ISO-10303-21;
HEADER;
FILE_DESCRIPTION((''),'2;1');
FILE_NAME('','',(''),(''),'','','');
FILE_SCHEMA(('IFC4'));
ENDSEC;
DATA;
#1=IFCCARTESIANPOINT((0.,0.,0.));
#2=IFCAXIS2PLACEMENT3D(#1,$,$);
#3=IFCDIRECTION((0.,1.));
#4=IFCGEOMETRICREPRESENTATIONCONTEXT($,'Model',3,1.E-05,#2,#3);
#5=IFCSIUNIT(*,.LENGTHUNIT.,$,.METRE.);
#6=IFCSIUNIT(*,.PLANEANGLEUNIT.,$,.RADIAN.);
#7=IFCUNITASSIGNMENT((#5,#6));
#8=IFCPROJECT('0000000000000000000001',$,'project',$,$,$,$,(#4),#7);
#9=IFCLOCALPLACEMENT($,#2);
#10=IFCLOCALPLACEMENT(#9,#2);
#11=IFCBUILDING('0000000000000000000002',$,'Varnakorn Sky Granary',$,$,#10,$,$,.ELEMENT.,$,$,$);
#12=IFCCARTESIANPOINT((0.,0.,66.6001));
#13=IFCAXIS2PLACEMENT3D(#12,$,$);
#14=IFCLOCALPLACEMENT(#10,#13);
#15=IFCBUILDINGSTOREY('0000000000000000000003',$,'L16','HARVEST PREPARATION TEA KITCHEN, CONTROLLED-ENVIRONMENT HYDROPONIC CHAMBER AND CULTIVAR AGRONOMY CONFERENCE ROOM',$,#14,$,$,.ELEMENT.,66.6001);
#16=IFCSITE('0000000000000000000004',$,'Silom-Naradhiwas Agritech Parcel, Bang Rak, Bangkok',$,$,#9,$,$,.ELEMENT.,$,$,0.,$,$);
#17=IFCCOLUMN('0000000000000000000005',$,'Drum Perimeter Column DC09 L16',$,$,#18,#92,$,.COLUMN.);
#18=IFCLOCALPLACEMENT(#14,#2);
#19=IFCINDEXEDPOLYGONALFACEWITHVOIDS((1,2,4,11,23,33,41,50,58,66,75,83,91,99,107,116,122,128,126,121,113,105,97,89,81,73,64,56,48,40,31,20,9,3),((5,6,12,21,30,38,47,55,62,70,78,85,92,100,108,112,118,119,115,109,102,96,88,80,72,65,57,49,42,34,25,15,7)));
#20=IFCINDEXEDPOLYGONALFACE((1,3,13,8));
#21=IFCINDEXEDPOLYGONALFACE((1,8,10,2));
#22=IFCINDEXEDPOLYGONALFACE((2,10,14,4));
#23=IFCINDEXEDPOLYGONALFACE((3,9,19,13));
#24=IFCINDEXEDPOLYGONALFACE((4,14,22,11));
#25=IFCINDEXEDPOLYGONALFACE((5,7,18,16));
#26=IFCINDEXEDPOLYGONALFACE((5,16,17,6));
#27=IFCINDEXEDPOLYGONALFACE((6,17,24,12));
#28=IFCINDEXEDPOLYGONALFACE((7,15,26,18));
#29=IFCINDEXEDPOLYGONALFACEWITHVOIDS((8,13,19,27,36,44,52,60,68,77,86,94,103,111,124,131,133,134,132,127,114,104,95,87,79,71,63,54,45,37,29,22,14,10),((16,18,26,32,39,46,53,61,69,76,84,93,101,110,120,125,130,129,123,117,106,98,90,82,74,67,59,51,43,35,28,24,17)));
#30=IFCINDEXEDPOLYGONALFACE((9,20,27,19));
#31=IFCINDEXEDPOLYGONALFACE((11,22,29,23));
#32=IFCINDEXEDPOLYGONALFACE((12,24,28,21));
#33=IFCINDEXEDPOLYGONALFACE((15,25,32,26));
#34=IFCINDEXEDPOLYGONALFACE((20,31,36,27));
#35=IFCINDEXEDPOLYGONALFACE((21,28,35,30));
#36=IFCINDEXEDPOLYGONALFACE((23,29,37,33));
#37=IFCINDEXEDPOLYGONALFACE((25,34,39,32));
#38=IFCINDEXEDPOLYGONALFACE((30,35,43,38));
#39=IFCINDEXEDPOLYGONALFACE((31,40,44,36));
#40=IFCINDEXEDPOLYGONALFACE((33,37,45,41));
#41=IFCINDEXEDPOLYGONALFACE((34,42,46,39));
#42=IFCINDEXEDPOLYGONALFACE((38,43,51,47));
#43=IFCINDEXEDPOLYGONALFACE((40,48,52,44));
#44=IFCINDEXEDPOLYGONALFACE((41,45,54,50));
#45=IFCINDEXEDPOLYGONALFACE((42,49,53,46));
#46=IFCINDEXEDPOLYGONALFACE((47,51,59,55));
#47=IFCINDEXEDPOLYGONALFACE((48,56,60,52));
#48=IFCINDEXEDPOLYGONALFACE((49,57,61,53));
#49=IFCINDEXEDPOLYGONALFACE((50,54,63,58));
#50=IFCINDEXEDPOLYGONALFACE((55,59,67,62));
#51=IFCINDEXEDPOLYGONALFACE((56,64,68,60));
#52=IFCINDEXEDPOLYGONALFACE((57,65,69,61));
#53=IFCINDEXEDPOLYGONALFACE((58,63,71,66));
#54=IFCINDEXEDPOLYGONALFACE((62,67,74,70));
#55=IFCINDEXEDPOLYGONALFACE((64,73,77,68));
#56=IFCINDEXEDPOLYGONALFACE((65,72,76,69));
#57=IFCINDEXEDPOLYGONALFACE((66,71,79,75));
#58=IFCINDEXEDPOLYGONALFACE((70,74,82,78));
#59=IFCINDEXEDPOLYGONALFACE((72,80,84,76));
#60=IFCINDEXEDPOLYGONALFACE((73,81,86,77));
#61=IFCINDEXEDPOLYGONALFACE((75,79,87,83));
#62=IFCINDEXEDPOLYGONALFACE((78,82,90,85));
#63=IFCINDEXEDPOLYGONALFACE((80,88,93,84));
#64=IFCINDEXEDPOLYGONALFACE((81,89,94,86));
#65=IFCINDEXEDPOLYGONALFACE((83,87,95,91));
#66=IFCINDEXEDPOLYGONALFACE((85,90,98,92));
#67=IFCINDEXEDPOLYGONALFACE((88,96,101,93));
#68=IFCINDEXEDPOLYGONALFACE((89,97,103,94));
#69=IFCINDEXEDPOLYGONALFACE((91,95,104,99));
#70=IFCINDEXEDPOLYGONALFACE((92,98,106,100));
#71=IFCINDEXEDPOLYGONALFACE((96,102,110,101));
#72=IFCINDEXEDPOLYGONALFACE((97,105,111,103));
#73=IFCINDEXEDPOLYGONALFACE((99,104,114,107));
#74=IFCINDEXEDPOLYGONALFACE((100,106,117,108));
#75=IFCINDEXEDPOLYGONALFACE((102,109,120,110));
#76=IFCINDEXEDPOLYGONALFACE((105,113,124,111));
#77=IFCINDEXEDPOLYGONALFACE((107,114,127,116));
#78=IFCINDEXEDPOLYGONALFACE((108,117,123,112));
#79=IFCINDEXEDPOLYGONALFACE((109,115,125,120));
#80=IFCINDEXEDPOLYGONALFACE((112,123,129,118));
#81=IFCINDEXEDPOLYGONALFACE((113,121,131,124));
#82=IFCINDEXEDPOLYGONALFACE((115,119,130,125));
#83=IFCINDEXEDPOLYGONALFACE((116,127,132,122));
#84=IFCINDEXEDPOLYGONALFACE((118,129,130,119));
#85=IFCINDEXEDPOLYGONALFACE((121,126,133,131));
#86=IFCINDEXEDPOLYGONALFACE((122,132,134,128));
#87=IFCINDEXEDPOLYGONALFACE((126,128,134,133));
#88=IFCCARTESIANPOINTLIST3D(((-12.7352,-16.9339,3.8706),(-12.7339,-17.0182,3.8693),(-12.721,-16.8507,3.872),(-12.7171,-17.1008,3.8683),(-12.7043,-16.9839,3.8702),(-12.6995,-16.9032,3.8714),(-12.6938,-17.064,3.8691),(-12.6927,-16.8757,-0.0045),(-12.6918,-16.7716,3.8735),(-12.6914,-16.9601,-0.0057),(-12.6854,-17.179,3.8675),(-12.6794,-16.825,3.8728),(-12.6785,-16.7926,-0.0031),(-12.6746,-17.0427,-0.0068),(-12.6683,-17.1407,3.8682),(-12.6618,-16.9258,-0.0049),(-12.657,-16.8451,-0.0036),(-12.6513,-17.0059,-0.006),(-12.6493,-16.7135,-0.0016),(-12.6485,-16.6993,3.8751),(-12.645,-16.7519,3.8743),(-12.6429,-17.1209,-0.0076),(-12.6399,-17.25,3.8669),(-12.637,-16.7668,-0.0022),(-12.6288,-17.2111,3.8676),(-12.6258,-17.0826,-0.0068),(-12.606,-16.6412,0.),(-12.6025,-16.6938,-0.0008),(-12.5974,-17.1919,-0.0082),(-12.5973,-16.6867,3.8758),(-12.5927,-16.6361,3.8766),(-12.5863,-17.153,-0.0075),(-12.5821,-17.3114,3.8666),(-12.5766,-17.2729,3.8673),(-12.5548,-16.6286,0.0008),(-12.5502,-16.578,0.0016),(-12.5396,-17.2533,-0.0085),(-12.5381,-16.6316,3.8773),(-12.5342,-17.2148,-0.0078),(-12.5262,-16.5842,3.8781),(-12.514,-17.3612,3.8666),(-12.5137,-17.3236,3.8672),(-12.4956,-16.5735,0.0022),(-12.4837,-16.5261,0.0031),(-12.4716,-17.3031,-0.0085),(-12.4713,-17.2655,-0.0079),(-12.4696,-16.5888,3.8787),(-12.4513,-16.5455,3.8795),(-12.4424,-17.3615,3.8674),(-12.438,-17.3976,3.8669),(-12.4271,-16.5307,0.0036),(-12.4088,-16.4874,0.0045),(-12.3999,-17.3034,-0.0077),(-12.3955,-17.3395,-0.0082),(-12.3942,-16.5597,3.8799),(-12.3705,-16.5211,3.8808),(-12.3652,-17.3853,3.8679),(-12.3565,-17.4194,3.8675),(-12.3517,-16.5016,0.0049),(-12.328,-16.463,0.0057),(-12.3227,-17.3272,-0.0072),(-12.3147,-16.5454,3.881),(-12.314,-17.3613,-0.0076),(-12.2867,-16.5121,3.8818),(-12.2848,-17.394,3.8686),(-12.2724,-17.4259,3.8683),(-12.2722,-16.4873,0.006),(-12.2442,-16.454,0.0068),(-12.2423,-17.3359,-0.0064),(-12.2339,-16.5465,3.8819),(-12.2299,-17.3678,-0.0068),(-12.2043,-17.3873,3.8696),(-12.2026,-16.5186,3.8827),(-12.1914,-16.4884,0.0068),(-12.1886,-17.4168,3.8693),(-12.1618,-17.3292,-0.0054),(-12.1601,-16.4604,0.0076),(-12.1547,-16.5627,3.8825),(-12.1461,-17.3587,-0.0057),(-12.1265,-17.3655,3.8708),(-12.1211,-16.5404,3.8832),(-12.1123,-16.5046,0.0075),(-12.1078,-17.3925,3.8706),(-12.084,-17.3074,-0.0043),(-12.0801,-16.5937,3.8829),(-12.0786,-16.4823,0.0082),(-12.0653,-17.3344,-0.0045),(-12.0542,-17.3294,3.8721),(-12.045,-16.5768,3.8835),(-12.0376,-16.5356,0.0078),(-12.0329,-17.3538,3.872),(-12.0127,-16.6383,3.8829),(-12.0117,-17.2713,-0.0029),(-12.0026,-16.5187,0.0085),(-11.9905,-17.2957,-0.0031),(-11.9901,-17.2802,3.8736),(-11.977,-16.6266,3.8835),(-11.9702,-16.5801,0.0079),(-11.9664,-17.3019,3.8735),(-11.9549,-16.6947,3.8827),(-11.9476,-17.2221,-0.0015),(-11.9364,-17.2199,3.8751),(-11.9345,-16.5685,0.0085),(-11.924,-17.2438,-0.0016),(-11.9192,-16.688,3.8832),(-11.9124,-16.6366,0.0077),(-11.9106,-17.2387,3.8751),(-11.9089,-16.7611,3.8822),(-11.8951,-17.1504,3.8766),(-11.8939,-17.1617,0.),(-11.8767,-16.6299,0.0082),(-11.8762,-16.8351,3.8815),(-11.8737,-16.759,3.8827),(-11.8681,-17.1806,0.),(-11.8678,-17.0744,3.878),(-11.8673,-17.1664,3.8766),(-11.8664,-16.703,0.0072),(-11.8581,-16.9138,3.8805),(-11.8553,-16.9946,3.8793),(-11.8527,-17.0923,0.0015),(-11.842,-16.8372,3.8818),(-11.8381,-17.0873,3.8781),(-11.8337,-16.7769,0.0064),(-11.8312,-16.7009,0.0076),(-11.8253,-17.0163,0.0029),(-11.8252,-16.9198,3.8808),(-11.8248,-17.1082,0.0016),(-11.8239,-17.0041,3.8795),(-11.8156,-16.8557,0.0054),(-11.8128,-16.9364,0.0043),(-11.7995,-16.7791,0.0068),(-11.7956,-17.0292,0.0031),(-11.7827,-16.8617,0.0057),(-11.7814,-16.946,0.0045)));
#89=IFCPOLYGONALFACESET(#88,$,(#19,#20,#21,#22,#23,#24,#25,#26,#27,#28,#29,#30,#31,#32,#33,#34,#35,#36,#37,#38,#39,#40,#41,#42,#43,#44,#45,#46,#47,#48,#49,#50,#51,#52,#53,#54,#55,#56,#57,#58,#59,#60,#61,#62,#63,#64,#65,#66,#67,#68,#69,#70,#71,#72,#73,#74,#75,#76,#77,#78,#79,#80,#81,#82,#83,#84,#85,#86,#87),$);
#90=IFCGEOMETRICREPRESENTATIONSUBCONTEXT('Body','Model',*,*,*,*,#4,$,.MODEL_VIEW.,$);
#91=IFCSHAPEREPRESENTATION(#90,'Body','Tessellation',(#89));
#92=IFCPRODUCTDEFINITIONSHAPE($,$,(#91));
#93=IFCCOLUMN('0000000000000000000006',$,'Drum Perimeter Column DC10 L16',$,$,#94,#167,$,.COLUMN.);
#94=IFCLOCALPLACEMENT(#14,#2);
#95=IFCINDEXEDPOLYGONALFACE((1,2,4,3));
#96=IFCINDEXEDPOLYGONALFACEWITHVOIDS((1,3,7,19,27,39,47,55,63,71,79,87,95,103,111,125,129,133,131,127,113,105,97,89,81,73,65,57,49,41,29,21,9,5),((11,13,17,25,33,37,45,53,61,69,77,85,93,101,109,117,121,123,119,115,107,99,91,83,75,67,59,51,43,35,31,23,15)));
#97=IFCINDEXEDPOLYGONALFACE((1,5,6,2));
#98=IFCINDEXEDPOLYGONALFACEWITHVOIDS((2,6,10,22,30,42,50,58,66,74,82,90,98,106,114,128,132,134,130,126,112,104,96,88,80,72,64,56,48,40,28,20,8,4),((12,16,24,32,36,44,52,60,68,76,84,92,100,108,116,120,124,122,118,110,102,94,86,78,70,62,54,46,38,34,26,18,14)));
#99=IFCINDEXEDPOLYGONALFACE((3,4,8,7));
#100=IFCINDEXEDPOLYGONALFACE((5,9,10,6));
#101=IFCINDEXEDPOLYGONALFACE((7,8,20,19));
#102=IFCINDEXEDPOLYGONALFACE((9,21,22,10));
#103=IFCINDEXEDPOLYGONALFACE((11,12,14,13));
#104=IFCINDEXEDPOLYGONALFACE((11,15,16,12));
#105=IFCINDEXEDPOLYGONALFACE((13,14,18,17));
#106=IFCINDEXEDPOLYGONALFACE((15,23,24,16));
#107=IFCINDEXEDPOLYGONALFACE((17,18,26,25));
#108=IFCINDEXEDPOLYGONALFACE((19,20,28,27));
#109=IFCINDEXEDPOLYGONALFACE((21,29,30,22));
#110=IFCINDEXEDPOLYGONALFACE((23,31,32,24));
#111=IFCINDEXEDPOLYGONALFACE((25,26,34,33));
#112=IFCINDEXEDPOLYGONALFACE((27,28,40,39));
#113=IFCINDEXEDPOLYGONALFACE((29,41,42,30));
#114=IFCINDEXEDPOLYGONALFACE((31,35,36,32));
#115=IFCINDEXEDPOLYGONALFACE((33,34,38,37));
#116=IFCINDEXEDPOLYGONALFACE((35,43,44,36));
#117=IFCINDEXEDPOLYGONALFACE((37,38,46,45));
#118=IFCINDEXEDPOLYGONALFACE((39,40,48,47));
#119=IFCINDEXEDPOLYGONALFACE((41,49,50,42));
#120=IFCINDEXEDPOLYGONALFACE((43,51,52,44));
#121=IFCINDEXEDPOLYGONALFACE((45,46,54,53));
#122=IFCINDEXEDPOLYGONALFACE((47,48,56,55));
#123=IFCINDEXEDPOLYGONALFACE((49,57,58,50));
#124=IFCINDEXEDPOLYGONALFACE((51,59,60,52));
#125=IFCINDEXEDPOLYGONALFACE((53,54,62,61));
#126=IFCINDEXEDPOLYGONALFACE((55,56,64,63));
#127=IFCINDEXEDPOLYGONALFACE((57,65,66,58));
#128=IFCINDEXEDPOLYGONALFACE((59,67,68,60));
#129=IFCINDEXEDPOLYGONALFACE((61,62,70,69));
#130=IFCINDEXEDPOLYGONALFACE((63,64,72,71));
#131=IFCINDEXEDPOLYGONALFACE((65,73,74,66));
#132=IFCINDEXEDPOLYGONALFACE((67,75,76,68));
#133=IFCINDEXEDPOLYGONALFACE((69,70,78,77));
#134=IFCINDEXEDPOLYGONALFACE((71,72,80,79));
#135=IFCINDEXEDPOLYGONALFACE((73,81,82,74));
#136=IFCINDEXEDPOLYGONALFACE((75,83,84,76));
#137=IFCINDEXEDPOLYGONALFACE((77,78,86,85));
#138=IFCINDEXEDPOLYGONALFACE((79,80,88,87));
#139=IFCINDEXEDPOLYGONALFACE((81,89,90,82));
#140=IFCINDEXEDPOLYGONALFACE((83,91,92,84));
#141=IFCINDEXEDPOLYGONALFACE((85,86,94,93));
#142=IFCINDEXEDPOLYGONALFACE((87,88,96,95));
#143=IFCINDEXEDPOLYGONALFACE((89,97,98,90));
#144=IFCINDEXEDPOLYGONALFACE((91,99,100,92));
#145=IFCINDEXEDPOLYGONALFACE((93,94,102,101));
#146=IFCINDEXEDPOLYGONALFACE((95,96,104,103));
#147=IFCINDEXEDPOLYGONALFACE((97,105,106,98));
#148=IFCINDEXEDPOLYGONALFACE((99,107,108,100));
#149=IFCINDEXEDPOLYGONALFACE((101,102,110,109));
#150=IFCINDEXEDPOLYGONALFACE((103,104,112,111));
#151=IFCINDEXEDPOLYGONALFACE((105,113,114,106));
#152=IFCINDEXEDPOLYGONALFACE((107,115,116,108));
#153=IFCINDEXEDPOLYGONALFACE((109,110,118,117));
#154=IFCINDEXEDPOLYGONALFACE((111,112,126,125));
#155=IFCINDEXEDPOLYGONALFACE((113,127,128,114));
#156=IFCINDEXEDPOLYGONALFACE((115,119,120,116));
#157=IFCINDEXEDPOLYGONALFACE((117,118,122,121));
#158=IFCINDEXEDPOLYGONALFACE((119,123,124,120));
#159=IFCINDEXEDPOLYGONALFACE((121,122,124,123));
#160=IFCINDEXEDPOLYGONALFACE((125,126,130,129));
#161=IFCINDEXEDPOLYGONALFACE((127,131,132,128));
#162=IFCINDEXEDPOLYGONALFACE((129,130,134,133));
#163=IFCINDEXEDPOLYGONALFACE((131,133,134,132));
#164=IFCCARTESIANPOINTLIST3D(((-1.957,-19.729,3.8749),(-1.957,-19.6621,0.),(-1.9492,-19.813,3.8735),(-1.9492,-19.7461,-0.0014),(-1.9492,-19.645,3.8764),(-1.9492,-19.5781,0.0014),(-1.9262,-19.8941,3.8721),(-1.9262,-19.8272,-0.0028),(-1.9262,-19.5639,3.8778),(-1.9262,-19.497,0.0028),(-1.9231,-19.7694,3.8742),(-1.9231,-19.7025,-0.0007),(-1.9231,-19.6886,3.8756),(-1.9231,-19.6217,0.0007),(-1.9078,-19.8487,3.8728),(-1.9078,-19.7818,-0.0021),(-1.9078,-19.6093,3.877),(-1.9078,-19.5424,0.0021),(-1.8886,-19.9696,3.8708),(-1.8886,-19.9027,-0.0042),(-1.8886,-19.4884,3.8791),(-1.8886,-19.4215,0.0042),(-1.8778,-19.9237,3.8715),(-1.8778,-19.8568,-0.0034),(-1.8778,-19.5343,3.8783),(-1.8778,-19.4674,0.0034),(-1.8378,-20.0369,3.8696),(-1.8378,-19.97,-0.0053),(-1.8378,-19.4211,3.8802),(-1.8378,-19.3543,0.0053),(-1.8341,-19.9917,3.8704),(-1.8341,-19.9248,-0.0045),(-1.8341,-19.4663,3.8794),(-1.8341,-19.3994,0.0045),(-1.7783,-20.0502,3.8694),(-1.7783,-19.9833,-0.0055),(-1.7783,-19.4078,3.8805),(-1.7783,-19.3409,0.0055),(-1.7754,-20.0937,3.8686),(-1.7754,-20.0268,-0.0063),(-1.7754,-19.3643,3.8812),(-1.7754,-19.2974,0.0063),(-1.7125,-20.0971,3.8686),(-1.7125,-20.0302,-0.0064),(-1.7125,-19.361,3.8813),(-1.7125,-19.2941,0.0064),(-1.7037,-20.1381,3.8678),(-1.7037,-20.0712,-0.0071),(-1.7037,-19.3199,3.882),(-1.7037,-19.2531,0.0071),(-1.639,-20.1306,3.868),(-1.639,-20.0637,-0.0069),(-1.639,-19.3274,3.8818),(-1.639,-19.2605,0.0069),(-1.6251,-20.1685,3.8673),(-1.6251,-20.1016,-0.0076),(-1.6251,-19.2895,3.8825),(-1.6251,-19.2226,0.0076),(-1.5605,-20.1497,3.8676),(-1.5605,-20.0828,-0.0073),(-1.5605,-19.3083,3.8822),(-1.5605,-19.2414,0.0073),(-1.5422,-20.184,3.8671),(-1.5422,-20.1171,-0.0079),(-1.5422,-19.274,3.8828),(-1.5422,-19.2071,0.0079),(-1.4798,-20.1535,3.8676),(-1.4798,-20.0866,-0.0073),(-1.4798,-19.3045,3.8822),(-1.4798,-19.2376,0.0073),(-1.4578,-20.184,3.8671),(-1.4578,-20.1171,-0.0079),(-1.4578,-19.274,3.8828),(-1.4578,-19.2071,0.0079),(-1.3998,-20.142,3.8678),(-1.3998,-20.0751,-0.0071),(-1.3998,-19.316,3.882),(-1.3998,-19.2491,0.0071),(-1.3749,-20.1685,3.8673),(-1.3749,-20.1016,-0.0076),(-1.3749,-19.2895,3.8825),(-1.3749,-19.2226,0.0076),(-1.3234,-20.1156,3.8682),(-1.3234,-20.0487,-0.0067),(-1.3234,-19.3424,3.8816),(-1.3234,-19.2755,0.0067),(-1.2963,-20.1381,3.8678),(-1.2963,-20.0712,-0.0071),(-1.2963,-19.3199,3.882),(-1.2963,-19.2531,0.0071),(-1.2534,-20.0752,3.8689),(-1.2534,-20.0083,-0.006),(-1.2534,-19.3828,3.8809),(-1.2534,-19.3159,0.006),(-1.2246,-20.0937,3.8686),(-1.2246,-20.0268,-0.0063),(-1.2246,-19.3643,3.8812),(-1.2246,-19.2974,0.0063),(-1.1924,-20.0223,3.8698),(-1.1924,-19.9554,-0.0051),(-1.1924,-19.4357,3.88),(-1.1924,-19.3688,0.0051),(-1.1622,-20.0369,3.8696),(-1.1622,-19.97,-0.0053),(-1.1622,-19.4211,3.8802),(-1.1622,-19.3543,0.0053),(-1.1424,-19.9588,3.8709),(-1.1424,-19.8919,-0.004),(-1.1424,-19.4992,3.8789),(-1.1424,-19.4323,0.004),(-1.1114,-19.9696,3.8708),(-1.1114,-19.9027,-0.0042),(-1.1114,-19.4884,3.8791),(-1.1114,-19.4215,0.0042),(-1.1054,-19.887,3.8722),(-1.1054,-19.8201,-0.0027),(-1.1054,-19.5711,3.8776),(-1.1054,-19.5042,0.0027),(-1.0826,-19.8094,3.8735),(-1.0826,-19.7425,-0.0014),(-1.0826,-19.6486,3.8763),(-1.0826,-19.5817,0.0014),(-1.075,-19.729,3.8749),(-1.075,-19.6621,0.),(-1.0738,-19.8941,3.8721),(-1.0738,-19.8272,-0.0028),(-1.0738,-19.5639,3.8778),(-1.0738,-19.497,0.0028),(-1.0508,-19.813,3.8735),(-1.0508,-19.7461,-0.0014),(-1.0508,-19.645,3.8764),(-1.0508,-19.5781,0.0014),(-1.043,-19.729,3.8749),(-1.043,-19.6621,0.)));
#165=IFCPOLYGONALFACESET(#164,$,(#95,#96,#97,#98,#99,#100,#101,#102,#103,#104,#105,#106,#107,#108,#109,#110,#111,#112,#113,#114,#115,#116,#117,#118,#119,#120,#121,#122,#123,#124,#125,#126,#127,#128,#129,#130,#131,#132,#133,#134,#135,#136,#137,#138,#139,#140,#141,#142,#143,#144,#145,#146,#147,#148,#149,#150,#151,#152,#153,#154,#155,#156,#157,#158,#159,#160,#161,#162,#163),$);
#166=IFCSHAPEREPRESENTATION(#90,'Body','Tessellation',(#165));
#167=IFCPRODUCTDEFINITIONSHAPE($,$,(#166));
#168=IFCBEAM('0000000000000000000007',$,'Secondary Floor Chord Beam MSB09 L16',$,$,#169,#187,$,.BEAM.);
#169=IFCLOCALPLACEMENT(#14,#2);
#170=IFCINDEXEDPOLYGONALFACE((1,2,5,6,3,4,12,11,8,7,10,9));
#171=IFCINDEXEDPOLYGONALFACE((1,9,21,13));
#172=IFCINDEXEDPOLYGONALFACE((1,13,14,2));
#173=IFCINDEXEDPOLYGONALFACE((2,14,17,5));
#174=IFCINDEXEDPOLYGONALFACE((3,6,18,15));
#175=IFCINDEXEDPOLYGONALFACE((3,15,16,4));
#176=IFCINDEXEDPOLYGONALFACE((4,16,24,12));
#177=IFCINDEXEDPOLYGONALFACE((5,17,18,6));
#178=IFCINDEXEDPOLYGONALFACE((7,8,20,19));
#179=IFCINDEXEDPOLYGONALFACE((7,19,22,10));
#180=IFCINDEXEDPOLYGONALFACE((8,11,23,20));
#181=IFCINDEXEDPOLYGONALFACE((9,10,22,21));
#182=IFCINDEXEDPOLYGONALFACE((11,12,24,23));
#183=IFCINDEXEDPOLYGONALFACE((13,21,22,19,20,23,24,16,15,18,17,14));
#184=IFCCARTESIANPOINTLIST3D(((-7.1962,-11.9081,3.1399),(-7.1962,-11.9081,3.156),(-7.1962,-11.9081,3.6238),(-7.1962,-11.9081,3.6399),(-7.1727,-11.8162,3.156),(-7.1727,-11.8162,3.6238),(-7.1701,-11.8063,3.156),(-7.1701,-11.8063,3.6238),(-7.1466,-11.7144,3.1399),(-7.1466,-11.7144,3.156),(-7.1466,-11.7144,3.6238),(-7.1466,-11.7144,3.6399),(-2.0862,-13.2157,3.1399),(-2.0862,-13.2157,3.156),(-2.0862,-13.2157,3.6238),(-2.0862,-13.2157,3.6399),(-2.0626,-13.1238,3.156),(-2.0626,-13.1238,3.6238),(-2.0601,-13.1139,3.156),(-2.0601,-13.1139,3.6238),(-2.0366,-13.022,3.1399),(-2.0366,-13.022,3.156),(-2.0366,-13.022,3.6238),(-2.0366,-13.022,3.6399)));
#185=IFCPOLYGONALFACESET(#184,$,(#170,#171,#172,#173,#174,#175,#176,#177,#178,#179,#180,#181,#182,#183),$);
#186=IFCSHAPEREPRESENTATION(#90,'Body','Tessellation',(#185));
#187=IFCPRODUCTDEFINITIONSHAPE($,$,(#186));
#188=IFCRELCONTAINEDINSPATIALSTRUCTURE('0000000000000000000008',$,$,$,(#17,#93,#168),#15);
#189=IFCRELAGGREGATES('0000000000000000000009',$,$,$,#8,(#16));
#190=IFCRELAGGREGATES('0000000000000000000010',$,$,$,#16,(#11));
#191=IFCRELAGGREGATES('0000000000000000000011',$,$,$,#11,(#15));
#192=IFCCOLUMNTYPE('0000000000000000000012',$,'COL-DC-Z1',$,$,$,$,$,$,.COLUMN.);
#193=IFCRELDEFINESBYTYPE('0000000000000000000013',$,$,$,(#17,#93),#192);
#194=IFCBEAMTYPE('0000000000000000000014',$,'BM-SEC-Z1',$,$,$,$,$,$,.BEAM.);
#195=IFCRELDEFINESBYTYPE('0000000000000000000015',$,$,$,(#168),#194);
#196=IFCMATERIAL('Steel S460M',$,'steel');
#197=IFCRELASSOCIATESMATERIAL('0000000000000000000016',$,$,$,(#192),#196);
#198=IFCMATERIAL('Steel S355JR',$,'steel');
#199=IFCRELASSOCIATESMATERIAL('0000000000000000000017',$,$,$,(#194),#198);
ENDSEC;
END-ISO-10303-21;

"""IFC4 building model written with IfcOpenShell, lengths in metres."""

from ifc_helpers import new_model, si_unit, direction, frame, origin, origin_2d, place, context, subcontext, project, spatial, hollow_circle, i_section, extrude, material, material_profile, profile_set, type_object, element, save


model = new_model("IFC4")

# Units and contexts
model_context = context("Model", 3, precision=1e-05, world=origin(), true_north=direction((0.0, 1.0)))
body_context = subcontext(model_context, "Body", "Model", "MODEL_VIEW")
ifc_project = project(units=[si_unit("LENGTHUNIT", "METRE"), si_unit("PLANEANGLEUNIT", "RADIAN")], contexts=[model_context])

# Site, building, storey
site_placement = place(None, origin())
site = spatial("IfcSite", under=ifc_project, at=site_placement, Name="Silom-Naradhiwas Agritech Parcel, Bang Rak, Bangkok", CompositionType="ELEMENT", RefElevation=0.0)
building_placement = place(site_placement, origin())
building = spatial("IfcBuilding", under=site, at=building_placement, Name="Varnakorn Sky Granary", CompositionType="ELEMENT")
storey_placement = place(building_placement, frame((0.0, 0.0, 66.6001)))
storey = spatial("IfcBuildingStorey", under=building, at=storey_placement, Name="L16", Description="HARVEST PREPARATION TEA KITCHEN, CONTROLLED-ENVIRONMENT HYDROPONIC CHAMBER AND CULTIVAR AGRONOMY CONFERENCE ROOM", CompositionType="ELEMENT", Elevation=66.6001)

# Columns
ifc_material_1 = material(Name="Steel S460M", Category="steel")
ifc_material_profile_1 = material_profile(ifc_material_1, hollow_circle(Radius=0.457, WallThickness=0.032, at=origin_2d()), Name="CHS 914x32")
ifc_profile_set_1 = profile_set([ifc_material_profile_1], Name="Steel S460M")
column_type = type_object("IfcColumnType", Name="COL-DC-Z1", PredefinedType="COLUMN", material=ifc_profile_set_1)
column_1_placement = place(storey_placement, frame((-12.2371, -16.9109, 0.0), z_axis=(-0.010961, -0.014992, 0.999828), x_axis=(0.807267, -0.590187, 0.0)))
element("IfcColumn", 1, at=column_1_placement, inside=storey, type_object=column_type, Name="Drum Perimeter Column DC09 L16", PredefinedType="COLUMN", context=body_context, shape_type="SweptSolid", body=[
    extrude(hollow_circle(Radius=0.457, WallThickness=0.032, at=origin_2d()), origin(), (0.0, 0.0, 1.0), 3.8757),
])
column_2_placement = place(storey_placement, frame((-1.5, -19.6621, 0.0), z_axis=(0.0, -0.017261, 0.999851), x_axis=(1.0, 0.0, 0.0)))
element("IfcColumn", 2, at=column_2_placement, inside=storey, type_object=column_type, Name="Drum Perimeter Column DC10 L16", PredefinedType="COLUMN", context=body_context, shape_type="SweptSolid", body=[
    extrude(hollow_circle(Radius=0.457, WallThickness=0.032, at=origin_2d()), origin(), (0.0, 0.0, 1.0), 3.8755),
])

# Beam
ifc_material_2 = material(Name="Steel S355JR", Category="steel")
ifc_material_profile_2 = material_profile(ifc_material_2, i_section(OverallWidth=0.2, OverallDepth=0.5, WebThickness=0.0103, FlangeThickness=0.0161, at=origin_2d()), Name="IPE 500")
ifc_profile_set_2 = profile_set([ifc_material_profile_2], Name="Steel S355JR")
beam_type_1 = type_object("IfcBeamType", Name="BM-SEC-Z1", PredefinedType="BEAM", material=ifc_profile_set_2)
beam_1_placement = place(storey_placement, frame((-7.1714, -11.8113, 3.3899), z_axis=(0.968785, -0.247901, 0.0), x_axis=(0.247901, 0.968785, 0.0)))
element("IfcBeam", 3, at=beam_1_placement, inside=storey, type_object=beam_type_1, Name="Secondary Floor Chord Beam MSB09 L16", PredefinedType="BEAM", context=body_context, shape_type="SweptSolid", body=[
    extrude(i_section(OverallWidth=0.2, OverallDepth=0.5, WebThickness=0.0103, FlangeThickness=0.0161, at=origin_2d()), origin(), (0.0, 0.0, 1.0), 5.2747),
])

save(model, "model.ifc")
